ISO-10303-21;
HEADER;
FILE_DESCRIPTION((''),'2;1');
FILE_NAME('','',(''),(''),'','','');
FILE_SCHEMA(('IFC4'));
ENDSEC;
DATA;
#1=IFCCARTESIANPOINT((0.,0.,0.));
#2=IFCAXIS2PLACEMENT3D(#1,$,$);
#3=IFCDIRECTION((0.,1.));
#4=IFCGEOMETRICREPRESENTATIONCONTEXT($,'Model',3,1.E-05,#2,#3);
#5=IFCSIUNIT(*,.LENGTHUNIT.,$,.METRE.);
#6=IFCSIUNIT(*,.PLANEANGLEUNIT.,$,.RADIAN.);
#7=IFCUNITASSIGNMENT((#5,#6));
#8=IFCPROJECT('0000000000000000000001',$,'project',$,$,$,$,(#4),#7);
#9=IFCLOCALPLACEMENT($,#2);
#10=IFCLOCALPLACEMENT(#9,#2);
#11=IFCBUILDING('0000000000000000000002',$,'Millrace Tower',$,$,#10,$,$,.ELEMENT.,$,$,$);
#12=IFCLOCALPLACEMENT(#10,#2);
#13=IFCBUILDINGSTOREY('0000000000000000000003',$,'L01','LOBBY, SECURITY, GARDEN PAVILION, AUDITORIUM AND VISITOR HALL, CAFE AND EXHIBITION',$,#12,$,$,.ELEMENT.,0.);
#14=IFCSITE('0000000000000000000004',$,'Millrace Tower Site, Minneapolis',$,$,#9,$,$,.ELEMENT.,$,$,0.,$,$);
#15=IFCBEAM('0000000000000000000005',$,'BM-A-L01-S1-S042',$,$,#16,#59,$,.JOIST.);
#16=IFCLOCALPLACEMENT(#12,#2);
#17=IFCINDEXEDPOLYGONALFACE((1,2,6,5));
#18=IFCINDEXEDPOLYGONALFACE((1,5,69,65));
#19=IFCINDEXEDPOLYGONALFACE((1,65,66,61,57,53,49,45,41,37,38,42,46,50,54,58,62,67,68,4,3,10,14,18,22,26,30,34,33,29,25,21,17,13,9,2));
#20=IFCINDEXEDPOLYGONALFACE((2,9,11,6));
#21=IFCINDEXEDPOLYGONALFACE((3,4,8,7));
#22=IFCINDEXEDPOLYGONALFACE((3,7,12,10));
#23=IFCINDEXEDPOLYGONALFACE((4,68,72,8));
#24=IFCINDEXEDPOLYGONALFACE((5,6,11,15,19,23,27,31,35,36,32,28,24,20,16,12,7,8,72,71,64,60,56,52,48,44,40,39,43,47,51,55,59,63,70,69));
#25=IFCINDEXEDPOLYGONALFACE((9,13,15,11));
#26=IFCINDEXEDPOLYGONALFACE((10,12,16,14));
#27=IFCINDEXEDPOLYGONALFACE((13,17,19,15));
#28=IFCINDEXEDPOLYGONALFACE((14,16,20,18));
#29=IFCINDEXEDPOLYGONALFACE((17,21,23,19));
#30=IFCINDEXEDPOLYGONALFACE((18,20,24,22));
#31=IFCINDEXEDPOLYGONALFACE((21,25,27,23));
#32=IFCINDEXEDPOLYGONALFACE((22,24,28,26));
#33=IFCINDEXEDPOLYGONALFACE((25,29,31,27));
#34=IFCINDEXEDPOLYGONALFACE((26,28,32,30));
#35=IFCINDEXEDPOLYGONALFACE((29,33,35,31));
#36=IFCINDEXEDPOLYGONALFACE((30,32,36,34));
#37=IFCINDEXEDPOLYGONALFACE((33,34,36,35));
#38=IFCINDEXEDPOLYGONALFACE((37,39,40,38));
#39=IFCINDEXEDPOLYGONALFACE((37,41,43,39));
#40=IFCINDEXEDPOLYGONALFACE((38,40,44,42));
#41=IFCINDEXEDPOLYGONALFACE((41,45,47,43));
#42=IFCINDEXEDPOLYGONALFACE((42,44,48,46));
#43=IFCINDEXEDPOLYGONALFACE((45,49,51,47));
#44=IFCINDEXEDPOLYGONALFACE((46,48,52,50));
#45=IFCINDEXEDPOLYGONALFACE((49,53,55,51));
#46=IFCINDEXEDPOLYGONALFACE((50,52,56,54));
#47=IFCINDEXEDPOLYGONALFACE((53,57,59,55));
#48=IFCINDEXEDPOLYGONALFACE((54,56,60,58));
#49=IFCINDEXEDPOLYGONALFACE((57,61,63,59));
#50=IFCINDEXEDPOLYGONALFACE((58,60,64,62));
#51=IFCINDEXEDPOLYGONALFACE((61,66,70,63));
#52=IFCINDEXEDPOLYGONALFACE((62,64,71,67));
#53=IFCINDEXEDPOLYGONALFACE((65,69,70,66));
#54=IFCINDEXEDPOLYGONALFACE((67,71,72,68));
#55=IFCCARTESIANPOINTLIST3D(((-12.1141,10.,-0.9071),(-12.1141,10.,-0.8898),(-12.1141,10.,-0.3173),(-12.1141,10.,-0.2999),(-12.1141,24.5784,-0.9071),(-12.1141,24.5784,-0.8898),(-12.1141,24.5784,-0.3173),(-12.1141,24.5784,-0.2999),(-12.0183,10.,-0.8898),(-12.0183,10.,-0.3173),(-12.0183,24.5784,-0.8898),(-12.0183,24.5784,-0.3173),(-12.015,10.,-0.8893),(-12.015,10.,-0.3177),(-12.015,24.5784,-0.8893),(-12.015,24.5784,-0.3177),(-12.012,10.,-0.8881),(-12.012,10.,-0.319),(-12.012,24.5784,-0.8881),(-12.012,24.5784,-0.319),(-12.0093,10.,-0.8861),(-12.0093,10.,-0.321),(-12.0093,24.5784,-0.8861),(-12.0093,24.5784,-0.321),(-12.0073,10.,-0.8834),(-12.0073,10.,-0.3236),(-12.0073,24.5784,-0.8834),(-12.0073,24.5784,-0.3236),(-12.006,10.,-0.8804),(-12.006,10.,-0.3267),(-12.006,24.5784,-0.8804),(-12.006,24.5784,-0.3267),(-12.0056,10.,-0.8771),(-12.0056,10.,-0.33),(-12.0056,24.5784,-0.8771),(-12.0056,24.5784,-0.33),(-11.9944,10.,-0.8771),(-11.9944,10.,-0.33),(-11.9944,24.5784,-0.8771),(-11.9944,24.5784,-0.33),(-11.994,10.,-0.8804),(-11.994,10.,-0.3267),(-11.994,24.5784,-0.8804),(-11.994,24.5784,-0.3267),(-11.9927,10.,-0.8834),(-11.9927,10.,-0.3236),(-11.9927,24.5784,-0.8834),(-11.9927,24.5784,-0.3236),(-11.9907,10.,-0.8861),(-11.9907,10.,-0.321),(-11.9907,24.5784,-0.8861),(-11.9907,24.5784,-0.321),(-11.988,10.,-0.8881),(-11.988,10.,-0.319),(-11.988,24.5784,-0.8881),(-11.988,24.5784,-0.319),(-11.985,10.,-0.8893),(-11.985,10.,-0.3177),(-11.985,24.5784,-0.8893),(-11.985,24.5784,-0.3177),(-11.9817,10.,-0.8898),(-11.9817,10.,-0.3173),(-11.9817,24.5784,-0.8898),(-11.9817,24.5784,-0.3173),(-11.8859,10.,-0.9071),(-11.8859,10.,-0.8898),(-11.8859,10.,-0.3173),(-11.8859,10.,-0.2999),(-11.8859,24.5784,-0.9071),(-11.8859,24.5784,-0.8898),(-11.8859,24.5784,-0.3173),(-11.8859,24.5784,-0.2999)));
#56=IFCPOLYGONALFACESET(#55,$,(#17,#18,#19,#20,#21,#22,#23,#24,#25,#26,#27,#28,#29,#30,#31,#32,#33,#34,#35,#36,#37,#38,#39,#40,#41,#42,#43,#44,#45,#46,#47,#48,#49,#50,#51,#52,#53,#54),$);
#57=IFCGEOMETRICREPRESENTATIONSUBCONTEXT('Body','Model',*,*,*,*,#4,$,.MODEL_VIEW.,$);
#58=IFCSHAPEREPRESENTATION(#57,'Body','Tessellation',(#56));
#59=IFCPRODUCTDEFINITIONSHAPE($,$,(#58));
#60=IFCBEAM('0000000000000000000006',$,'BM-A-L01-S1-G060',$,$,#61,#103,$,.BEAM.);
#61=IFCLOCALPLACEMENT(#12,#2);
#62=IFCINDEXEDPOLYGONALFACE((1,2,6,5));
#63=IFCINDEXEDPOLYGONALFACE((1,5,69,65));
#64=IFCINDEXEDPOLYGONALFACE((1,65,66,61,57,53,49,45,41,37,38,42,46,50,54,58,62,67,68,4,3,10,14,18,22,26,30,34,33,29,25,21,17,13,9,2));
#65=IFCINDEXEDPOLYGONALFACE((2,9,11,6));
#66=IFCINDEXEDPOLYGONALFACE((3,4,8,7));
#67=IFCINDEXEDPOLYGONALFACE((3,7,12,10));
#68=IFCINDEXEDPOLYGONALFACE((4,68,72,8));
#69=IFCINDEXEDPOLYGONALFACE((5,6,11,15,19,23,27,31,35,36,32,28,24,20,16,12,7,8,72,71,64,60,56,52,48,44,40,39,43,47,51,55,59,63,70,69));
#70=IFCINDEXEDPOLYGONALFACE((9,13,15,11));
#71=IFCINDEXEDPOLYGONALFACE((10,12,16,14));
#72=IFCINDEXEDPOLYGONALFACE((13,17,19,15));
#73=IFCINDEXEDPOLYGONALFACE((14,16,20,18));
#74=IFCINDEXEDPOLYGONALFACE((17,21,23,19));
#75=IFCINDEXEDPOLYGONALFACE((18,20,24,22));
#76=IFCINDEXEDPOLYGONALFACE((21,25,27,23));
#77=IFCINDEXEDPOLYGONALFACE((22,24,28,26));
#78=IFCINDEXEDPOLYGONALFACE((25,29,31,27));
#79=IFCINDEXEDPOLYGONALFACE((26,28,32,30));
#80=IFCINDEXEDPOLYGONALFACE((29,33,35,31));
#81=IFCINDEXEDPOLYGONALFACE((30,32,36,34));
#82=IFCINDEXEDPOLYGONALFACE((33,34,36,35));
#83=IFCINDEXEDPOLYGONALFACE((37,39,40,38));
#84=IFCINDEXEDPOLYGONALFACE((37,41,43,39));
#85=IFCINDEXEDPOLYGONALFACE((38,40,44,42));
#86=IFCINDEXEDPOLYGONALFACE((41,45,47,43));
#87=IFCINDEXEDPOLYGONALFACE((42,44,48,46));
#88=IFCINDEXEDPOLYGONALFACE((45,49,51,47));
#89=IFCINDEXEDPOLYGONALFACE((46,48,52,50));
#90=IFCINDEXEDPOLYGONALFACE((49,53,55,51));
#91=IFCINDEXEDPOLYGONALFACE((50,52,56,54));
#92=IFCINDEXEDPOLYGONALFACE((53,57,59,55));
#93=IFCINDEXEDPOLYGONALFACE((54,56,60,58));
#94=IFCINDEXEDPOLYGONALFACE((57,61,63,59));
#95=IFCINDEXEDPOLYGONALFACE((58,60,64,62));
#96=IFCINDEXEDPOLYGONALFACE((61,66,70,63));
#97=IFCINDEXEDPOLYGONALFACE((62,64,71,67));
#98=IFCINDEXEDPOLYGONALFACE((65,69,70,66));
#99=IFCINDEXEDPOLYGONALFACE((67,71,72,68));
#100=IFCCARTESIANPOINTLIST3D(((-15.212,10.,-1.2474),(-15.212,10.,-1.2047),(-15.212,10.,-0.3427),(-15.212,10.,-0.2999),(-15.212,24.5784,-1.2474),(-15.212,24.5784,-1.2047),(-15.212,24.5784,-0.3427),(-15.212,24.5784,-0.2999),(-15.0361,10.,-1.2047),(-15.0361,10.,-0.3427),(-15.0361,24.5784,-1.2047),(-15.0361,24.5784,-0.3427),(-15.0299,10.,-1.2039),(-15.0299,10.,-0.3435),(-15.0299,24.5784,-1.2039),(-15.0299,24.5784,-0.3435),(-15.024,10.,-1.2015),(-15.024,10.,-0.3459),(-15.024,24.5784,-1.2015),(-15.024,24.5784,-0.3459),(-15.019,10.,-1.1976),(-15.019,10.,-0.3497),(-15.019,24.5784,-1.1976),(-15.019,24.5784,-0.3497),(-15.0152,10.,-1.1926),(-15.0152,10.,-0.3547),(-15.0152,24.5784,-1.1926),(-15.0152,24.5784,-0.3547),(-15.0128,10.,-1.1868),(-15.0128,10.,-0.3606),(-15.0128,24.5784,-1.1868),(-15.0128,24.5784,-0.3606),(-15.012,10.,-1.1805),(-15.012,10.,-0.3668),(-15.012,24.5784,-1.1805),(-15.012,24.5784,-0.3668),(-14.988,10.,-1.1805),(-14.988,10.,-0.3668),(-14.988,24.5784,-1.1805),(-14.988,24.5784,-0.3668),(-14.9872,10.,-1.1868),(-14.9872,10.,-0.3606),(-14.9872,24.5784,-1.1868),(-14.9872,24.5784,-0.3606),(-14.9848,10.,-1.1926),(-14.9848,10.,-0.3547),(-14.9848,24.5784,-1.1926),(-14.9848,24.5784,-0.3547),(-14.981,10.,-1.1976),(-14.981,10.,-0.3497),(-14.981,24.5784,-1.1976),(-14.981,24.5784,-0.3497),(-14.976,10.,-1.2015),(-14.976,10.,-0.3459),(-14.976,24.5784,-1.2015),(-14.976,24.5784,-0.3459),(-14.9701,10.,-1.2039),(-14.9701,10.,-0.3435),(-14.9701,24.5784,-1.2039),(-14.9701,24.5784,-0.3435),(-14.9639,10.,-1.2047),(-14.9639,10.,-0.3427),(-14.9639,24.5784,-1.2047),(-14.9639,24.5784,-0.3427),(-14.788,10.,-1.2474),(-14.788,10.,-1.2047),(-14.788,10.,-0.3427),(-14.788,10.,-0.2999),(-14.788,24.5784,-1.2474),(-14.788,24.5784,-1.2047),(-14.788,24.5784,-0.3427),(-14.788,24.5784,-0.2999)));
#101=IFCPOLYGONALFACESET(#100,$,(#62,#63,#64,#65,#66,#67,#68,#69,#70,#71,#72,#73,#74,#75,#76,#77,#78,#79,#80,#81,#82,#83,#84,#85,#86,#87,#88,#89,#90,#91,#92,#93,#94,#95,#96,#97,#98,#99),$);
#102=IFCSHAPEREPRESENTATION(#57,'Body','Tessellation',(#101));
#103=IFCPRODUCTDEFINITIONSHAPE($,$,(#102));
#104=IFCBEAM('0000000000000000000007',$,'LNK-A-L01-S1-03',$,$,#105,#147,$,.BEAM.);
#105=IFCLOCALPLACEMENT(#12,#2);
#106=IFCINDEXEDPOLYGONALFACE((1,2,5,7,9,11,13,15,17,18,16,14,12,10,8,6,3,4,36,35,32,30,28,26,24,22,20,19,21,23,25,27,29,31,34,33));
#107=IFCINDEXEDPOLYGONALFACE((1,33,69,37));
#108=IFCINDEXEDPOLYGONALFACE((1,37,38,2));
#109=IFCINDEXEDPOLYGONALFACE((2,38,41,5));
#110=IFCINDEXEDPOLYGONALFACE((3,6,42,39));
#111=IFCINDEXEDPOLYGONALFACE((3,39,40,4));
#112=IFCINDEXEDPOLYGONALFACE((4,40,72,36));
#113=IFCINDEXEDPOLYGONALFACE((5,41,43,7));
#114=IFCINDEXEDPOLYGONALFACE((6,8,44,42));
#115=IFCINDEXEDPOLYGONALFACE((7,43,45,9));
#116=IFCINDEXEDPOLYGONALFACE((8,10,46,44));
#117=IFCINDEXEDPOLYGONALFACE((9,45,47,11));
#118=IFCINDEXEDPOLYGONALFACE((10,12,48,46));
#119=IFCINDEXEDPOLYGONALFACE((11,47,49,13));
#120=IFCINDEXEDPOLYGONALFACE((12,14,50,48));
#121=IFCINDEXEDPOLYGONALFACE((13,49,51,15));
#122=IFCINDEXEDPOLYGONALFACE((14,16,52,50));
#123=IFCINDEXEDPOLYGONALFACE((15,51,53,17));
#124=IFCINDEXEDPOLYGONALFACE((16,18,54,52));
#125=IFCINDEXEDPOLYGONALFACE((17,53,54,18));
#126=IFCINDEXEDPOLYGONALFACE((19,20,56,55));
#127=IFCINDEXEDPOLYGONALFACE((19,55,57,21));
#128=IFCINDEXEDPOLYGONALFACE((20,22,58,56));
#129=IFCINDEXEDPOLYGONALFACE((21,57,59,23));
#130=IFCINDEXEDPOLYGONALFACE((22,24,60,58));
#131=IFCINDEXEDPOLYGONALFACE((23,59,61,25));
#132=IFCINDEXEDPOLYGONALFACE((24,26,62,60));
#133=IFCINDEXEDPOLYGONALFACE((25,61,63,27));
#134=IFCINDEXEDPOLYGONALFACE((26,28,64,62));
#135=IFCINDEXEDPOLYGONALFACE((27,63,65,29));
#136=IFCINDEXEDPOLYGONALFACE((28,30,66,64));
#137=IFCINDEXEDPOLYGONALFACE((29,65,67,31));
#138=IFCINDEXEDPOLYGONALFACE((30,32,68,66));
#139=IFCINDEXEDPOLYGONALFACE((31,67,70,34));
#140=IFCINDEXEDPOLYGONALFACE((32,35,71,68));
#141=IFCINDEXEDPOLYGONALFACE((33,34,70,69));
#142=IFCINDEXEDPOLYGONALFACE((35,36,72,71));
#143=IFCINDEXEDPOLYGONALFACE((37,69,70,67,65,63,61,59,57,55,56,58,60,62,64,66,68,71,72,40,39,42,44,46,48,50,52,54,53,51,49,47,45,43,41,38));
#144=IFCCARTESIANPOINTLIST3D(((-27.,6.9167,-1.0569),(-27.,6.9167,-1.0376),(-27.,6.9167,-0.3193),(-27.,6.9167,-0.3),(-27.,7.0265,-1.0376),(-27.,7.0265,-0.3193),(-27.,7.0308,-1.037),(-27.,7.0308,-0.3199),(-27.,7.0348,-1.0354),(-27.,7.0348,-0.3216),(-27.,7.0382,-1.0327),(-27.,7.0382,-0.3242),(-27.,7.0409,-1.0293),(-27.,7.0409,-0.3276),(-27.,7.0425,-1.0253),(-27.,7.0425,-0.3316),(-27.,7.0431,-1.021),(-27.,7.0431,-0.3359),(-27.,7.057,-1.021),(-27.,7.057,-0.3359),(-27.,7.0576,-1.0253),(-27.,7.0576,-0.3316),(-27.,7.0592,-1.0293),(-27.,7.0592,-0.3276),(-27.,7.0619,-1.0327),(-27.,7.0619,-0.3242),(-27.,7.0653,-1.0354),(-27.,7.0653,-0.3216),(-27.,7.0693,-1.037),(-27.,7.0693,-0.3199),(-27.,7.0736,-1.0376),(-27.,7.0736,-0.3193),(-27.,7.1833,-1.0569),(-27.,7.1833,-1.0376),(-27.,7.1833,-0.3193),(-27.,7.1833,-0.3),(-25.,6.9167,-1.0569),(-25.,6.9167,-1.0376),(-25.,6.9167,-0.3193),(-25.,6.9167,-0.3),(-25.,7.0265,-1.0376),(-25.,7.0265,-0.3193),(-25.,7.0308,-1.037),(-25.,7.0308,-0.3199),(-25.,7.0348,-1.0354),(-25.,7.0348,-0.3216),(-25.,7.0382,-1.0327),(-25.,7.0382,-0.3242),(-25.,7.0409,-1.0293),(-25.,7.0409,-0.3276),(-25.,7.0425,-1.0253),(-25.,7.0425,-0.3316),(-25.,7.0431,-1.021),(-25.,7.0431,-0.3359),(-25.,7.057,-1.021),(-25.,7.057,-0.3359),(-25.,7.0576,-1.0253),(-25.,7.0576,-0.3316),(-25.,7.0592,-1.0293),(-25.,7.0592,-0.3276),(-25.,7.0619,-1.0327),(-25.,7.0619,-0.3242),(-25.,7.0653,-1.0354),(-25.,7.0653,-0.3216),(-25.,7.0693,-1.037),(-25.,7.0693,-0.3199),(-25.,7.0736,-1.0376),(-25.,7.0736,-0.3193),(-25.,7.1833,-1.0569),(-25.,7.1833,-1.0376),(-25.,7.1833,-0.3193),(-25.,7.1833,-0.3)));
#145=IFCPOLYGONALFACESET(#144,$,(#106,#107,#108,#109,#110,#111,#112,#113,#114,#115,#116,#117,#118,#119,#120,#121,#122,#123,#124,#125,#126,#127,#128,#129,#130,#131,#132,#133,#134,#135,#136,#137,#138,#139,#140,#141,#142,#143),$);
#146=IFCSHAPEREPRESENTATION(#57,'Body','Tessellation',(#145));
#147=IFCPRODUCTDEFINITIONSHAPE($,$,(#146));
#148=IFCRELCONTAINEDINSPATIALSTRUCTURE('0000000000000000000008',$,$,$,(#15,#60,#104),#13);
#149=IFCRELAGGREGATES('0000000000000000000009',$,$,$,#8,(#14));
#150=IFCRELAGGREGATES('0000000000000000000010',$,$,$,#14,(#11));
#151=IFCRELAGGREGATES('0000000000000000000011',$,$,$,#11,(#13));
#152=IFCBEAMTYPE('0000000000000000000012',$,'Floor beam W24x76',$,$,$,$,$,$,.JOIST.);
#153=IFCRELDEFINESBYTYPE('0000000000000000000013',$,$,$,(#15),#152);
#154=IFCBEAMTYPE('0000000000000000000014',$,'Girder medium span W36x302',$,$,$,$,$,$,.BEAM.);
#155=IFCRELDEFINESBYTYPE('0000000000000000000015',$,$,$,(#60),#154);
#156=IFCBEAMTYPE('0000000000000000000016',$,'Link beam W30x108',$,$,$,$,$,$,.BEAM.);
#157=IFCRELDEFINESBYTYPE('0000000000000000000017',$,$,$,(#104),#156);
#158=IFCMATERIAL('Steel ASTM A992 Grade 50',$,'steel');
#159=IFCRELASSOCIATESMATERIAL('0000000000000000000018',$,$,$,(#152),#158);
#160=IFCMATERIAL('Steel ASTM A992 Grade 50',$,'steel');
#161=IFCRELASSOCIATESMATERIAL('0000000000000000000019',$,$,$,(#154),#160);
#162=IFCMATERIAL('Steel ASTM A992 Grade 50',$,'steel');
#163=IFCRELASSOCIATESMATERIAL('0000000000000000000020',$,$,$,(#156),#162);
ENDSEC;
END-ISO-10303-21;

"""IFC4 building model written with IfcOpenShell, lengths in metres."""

from ifc_helpers import new_model, si_unit, direction, frame, origin, origin_2d, place, context, subcontext, project, spatial, i_section, extrude, material, material_profile, profile_set, type_object, element, save


model = new_model("IFC4")

# Units and contexts
model_context = context("Model", 3, precision=1e-05, world=origin(), true_north=direction((0.0, 1.0)))
body_context = subcontext(model_context, "Body", "Model", "MODEL_VIEW")
ifc_project = project(units=[si_unit("LENGTHUNIT", "METRE"), si_unit("PLANEANGLEUNIT", "RADIAN")], contexts=[model_context])

# Site, building, storey
site_placement = place(None, origin())
site = spatial("IfcSite", under=ifc_project, at=site_placement, Name="Millrace Tower Site, Minneapolis", CompositionType="ELEMENT", RefElevation=0.0)
building_placement = place(site_placement, origin())
building = spatial("IfcBuilding", under=site, at=building_placement, Name="Millrace Tower", CompositionType="ELEMENT")
storey_placement = place(building_placement, origin())
storey = spatial("IfcBuildingStorey", under=building, at=storey_placement, Name="L01", Description="LOBBY, SECURITY, GARDEN PAVILION, AUDITORIUM AND VISITOR HALL, CAFE AND EXHIBITION", CompositionType="ELEMENT", Elevation=0.0)

# Beams
ifc_material_1 = material(Name="Steel ASTM A992 Grade 50", Category="steel")
ifc_material_profile_1 = material_profile(ifc_material_1, i_section(OverallWidth=0.2283, OverallDepth=0.6072, WebThickness=0.0112, FlangeThickness=0.0173, FilletRadius=0.0127, at=origin_2d()))
ifc_profile_set_1 = profile_set([ifc_material_profile_1], Name="Steel ASTM A992 Grade 50")
beam_type_1 = type_object("IfcBeamType", Name="Floor beam W24x76", PredefinedType="JOIST", material=ifc_profile_set_1)
beam_1_placement = place(storey_placement, frame((-12.0, 10.0, -0.6035), z_axis=(0.0, 1.0, 0.0), x_axis=(-1.0, 0.0, 0.0)))
element("IfcBeam", 1, at=beam_1_placement, inside=storey, type_object=beam_type_1, Name="BM-A-L01-S1-S042", PredefinedType="JOIST", context=body_context, shape_type="SweptSolid", body=[
    extrude(i_section(OverallWidth=0.2283, OverallDepth=0.6072, WebThickness=0.0112, FlangeThickness=0.0173, FilletRadius=0.0127, at=origin_2d()), origin(), (0.0, 0.0, 1.0), 14.5784),
])
ifc_material_2 = material(Name="Steel ASTM A992 Grade 50", Category="steel")
ifc_material_profile_2 = material_profile(ifc_material_2, i_section(OverallWidth=0.4241, OverallDepth=0.9475, WebThickness=0.0239, FlangeThickness=0.0427, FilletRadius=0.0242, at=origin_2d()))
ifc_profile_set_2 = profile_set([ifc_material_profile_2], Name="Steel ASTM A992 Grade 50")
beam_type_2 = type_object("IfcBeamType", Name="Girder medium span W36x302", PredefinedType="BEAM", material=ifc_profile_set_2)
beam_2_placement = place(storey_placement, frame((-15.0, 10.0, -0.7737), z_axis=(0.0, 1.0, 0.0), x_axis=(-1.0, 0.0, 0.0)))
element("IfcBeam", 2, at=beam_2_placement, inside=storey, type_object=beam_type_2, Name="BM-A-L01-S1-G060", PredefinedType="BEAM", context=body_context, shape_type="SweptSolid", body=[
    extrude(i_section(OverallWidth=0.4241, OverallDepth=0.9475, WebThickness=0.0239, FlangeThickness=0.0427, FilletRadius=0.0242, at=origin_2d()), origin(), (0.0, 0.0, 1.0), 14.5784),
])
ifc_material_3 = material(Name="Steel ASTM A992 Grade 50", Category="steel")
ifc_material_profile_3 = material_profile(ifc_material_3, i_section(OverallWidth=0.2666, OverallDepth=0.7568, WebThickness=0.0139, FlangeThickness=0.0193, FilletRadius=0.0166, at=origin_2d()))
ifc_profile_set_3 = profile_set([ifc_material_profile_3], Name="Steel ASTM A992 Grade 50")
beam_type_3 = type_object("IfcBeamType", Name="Link beam W30x108", PredefinedType="BEAM", material=ifc_profile_set_3)
beam_3_placement = place(storey_placement, frame((-25.0, 7.05, -0.6785), z_axis=(-1.0, 0.0, 0.0), x_axis=(0.0, -1.0, 0.0)))
element("IfcBeam", 3, at=beam_3_placement, inside=storey, type_object=beam_type_3, Name="LNK-A-L01-S1-03", PredefinedType="BEAM", context=body_context, shape_type="SweptSolid", body=[
    extrude(i_section(OverallWidth=0.2666, OverallDepth=0.7568, WebThickness=0.0139, FlangeThickness=0.0193, FilletRadius=0.0166, at=origin_2d()), origin(), (0.0, 0.0, 1.0), 2.0),
])

save(model, "model.ifc")
